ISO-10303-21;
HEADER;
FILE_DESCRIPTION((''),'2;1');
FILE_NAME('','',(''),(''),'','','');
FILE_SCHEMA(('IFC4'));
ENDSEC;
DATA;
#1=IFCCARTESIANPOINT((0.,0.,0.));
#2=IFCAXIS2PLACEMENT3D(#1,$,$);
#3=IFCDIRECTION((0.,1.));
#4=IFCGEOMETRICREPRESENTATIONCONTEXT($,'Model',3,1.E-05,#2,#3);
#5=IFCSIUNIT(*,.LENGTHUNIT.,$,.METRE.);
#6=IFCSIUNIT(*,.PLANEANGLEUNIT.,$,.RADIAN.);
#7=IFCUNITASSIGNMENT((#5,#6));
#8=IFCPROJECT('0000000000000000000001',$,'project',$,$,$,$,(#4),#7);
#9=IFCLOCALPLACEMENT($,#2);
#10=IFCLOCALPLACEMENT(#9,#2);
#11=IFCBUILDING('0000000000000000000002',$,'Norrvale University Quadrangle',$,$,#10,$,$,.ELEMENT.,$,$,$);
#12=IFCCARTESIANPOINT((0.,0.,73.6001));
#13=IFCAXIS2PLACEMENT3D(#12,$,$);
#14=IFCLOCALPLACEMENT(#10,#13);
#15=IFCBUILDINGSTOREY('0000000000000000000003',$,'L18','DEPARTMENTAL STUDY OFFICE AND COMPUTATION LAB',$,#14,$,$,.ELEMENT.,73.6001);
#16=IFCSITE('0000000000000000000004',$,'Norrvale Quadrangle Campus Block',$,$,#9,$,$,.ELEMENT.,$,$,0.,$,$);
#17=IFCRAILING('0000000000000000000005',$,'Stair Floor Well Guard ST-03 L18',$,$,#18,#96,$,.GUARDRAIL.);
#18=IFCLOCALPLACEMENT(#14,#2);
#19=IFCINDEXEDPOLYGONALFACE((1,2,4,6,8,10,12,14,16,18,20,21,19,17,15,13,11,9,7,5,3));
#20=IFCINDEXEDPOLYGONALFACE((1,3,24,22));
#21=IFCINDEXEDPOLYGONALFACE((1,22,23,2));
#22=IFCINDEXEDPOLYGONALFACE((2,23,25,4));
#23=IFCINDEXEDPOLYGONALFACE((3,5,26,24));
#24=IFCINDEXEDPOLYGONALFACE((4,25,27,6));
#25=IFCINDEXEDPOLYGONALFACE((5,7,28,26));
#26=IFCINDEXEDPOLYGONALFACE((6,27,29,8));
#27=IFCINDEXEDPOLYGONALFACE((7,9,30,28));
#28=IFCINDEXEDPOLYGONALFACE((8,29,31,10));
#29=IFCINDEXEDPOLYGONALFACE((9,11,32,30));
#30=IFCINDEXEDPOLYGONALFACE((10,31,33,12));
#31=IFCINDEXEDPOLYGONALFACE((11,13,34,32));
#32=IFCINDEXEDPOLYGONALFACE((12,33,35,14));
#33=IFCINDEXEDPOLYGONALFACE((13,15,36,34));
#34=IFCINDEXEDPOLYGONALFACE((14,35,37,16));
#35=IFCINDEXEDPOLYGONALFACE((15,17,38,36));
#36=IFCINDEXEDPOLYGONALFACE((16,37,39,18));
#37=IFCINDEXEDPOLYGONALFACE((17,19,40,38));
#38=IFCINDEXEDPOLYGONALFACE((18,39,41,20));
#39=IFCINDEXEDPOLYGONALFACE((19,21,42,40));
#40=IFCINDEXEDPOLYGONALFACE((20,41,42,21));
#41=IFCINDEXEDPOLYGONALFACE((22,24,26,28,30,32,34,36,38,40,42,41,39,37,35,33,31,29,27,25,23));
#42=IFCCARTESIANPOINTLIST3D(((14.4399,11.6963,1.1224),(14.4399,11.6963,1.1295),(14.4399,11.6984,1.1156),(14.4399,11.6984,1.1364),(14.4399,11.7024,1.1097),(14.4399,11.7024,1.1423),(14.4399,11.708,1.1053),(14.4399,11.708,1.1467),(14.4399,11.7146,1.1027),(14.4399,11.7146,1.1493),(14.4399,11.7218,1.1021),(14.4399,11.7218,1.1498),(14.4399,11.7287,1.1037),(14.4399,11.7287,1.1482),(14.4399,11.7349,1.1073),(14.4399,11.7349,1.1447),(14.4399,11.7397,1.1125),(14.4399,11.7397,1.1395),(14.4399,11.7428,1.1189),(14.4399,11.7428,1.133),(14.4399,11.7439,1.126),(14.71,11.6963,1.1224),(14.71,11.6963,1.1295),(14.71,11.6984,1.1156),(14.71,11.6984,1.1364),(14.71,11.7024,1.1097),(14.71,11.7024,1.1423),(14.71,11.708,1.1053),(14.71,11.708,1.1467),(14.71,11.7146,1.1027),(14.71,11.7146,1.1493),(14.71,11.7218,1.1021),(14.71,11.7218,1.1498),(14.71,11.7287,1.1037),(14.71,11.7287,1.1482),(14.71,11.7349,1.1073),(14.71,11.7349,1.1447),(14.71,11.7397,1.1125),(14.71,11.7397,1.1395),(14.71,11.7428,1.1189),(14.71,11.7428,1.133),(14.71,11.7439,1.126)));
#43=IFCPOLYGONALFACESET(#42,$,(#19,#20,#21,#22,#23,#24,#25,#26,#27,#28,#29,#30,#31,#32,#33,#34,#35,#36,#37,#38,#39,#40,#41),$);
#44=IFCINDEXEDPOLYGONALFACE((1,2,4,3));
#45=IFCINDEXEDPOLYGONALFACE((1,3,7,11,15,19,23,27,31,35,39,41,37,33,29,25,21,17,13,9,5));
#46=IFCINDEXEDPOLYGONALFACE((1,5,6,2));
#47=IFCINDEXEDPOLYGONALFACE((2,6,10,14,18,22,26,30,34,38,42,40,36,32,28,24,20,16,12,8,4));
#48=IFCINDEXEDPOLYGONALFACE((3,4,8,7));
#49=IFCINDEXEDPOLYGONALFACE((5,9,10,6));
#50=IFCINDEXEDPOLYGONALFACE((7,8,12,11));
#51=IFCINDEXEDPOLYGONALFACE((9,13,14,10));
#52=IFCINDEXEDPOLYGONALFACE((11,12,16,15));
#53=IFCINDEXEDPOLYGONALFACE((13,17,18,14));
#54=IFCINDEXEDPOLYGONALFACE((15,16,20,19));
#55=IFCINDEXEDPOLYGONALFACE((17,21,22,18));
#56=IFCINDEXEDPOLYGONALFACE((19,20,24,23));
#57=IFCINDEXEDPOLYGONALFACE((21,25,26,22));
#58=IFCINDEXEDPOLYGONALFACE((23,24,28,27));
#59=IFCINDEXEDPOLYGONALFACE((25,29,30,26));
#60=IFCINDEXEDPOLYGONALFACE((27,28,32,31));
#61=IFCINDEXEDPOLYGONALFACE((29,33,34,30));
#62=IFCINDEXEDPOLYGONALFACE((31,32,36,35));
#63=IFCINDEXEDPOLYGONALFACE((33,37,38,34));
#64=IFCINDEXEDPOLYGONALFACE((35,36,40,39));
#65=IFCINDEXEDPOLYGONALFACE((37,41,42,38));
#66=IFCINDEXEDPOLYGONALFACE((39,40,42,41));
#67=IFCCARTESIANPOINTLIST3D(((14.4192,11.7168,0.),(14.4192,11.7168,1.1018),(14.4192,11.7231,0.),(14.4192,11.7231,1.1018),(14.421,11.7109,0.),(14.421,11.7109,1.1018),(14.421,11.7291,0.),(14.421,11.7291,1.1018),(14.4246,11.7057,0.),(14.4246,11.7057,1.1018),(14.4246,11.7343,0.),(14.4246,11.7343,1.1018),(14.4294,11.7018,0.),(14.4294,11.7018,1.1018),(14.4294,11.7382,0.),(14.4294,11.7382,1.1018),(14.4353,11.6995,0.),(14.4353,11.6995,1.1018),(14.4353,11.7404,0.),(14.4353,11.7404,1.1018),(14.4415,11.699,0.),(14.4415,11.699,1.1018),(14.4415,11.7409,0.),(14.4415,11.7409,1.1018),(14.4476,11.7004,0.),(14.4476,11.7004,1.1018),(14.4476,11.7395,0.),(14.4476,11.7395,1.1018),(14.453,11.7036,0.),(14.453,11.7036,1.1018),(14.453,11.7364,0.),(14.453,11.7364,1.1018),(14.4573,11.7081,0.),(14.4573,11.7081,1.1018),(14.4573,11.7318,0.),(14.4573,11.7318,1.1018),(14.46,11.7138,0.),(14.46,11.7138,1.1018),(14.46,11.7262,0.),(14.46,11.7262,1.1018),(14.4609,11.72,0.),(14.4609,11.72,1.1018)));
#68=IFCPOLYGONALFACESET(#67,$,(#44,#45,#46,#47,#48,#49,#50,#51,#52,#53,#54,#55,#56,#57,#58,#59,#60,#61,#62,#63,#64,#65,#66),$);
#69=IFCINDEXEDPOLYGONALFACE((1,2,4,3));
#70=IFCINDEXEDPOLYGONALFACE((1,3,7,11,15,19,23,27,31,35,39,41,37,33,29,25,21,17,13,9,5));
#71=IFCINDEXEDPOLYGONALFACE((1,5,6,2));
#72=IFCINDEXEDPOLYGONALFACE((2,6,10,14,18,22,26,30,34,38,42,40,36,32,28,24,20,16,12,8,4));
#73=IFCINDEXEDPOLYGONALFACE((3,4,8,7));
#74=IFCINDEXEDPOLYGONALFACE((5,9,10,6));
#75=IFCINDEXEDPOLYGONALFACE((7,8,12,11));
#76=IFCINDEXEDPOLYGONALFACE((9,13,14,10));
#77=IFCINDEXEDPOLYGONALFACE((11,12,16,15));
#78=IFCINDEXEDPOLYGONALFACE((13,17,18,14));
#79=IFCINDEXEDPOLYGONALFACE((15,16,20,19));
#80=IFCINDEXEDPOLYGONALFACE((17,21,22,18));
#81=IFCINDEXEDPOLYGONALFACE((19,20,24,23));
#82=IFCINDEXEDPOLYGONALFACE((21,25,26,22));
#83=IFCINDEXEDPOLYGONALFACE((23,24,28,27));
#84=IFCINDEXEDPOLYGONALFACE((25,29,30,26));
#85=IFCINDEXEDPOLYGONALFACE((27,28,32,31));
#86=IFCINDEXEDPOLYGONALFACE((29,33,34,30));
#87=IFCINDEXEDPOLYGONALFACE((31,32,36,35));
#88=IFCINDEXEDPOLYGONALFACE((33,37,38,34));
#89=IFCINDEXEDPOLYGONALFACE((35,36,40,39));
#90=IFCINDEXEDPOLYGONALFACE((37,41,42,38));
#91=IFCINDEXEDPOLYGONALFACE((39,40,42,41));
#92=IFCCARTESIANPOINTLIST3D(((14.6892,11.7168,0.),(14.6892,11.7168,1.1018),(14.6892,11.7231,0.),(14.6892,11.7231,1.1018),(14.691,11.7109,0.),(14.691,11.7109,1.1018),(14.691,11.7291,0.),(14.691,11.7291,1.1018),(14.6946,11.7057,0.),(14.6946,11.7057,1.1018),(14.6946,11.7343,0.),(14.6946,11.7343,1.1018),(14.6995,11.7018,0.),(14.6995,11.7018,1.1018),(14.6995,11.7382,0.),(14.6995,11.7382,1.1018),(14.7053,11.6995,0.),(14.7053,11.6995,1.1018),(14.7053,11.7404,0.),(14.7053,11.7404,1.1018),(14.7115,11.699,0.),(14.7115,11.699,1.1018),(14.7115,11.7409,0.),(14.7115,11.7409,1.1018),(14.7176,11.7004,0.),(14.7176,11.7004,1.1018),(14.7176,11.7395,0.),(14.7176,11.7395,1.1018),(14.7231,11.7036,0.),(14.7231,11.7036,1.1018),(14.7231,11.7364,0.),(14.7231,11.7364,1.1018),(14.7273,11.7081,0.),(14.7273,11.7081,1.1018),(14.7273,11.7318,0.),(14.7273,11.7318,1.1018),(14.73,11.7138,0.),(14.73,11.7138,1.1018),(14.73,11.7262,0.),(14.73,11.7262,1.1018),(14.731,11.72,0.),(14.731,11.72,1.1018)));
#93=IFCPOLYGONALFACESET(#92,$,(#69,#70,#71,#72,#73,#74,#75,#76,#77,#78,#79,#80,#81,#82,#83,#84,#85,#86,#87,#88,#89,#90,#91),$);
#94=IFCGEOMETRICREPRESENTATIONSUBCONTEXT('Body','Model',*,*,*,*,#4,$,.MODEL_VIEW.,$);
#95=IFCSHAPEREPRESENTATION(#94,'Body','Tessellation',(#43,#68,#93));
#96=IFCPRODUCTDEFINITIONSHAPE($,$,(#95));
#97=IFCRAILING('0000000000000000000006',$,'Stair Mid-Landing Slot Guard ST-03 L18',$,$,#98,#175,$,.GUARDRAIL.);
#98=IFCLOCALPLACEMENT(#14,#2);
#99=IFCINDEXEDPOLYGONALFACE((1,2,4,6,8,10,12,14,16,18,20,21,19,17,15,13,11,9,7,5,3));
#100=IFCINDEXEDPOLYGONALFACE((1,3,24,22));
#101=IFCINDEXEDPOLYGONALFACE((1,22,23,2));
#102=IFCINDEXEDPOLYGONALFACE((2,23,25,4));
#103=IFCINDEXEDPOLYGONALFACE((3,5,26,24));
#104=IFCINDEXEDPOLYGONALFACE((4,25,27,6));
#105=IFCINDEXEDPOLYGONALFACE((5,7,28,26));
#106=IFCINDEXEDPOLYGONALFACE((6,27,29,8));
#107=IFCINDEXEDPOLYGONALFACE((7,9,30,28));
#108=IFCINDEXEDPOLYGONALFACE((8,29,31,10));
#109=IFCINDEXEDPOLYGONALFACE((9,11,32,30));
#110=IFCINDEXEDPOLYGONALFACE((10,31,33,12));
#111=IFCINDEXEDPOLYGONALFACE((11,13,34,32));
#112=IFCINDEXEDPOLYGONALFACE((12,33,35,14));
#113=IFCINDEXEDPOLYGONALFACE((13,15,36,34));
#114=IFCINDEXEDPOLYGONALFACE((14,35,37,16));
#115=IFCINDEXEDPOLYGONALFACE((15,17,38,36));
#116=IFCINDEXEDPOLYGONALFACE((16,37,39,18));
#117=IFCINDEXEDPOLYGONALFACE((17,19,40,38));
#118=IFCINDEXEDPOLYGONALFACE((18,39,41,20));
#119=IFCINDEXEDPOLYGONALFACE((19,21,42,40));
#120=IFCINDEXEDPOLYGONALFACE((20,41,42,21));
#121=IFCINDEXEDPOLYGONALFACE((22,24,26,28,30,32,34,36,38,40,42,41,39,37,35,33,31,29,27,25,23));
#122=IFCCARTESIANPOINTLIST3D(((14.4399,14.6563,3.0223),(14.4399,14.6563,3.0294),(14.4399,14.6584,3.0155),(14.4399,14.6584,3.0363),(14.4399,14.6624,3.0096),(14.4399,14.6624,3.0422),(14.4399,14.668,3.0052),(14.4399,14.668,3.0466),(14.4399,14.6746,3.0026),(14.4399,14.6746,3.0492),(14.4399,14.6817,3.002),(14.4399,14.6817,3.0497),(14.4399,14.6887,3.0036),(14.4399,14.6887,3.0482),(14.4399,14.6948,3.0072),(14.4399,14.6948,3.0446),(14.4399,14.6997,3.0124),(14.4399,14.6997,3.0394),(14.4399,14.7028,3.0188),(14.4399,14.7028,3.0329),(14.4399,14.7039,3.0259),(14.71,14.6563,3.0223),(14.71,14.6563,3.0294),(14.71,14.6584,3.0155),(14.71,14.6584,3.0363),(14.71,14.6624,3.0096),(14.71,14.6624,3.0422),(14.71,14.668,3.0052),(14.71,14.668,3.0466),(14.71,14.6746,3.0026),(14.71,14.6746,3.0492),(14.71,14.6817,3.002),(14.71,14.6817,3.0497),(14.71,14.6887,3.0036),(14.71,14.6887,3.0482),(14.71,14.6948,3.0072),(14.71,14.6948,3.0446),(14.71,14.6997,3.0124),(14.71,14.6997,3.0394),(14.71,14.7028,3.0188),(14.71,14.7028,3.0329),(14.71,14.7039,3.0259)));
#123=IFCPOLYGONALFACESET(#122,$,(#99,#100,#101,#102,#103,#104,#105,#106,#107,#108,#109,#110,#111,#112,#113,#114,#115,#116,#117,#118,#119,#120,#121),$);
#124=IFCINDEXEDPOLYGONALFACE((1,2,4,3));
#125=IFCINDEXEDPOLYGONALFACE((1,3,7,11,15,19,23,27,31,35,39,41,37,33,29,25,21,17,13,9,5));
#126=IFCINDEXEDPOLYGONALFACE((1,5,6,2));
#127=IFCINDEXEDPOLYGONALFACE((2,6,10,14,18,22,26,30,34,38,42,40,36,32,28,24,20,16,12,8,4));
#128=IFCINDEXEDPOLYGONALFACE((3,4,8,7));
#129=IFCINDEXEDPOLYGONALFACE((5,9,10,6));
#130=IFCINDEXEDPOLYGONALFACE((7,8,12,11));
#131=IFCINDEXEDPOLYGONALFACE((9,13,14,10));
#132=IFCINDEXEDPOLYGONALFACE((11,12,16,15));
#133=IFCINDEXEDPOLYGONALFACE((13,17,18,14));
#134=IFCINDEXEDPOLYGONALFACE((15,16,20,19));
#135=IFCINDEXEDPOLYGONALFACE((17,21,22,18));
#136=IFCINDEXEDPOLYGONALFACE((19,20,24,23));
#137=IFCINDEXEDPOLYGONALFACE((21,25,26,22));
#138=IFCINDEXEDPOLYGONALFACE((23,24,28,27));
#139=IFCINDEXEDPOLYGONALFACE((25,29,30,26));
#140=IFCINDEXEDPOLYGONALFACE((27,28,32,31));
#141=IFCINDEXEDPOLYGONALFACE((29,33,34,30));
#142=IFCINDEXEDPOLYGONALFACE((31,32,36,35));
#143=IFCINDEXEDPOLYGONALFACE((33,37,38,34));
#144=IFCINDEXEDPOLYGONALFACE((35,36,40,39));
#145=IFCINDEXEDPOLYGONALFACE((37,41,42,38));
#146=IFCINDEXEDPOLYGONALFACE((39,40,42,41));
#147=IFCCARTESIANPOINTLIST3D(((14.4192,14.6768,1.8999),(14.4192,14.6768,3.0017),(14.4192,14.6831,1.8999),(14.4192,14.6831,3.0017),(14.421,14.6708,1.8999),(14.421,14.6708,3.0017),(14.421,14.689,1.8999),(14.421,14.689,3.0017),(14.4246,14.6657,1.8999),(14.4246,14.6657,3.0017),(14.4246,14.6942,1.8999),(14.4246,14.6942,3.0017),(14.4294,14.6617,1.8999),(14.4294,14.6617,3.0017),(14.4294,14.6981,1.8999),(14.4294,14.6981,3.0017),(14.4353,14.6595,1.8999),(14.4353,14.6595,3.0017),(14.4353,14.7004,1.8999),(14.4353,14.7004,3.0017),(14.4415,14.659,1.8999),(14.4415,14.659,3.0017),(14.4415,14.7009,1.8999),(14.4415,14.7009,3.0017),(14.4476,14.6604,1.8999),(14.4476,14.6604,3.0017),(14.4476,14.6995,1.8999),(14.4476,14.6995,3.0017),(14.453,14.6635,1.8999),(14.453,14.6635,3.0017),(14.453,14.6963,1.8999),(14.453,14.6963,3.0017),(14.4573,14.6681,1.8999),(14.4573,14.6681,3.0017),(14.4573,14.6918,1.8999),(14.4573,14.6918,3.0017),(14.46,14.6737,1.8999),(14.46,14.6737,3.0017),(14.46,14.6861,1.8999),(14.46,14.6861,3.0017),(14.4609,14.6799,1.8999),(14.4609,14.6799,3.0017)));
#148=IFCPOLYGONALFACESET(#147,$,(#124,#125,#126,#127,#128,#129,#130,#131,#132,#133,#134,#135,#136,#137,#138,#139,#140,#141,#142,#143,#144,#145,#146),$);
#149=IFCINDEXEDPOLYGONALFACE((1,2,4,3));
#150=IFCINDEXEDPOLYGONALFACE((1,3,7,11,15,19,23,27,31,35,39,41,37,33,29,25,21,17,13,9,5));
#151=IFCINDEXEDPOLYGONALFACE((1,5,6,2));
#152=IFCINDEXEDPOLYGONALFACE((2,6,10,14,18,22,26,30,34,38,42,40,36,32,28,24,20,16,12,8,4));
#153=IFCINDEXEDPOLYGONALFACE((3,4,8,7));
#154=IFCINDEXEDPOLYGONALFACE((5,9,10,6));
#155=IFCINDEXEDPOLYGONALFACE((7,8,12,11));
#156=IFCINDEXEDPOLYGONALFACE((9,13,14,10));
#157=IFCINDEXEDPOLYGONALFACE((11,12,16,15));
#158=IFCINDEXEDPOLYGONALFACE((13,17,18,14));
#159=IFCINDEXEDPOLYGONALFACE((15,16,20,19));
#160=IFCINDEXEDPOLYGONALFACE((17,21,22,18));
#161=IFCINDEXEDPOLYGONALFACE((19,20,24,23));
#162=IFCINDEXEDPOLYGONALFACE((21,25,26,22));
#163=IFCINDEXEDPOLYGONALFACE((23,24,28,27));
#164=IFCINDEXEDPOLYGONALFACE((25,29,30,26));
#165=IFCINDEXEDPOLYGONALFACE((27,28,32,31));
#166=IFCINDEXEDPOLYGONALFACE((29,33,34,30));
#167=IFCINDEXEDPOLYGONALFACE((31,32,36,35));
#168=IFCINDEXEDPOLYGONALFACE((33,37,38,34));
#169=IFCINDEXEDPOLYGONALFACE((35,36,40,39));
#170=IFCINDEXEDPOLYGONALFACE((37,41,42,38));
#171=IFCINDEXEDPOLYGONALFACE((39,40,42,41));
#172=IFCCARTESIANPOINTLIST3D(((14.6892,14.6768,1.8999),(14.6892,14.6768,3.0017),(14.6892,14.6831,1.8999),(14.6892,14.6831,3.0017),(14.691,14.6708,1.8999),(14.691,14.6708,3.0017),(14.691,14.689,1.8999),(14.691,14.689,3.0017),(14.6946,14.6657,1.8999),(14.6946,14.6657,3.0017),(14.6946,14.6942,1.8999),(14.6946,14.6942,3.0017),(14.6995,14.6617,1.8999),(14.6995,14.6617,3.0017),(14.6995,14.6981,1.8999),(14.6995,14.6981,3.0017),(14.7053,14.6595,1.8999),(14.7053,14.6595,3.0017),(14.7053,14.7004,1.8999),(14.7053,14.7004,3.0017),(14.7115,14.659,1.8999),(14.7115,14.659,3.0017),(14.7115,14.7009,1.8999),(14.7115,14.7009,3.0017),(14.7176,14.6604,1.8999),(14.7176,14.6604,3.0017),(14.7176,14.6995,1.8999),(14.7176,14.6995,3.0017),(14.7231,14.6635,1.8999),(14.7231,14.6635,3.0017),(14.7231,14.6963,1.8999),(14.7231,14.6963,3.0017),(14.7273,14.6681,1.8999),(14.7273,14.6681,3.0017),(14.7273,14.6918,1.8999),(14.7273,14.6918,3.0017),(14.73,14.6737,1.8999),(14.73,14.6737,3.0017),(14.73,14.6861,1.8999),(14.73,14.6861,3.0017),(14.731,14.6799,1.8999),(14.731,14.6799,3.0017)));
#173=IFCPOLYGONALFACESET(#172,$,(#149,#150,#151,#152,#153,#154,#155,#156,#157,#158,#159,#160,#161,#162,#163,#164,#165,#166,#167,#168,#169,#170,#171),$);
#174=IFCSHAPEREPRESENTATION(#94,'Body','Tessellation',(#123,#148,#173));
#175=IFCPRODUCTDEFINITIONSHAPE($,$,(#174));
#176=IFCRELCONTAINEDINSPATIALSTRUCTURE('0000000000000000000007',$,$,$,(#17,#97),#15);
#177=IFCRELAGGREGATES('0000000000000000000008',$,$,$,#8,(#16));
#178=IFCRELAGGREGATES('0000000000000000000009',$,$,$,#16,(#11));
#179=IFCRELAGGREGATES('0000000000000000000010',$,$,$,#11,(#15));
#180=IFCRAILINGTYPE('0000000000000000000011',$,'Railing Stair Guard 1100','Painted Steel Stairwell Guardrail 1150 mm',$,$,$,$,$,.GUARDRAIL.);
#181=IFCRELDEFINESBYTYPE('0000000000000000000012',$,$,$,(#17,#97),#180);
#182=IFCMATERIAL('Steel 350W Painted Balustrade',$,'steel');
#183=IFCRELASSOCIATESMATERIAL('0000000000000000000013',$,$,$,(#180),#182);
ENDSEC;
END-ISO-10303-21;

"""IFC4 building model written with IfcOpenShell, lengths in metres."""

from ifc_helpers import new_model, si_unit, direction, frame, origin, origin_2d, place, context, subcontext, project, spatial, circle, extrude, material, type_object, element, save


model = new_model("IFC4")

# Units and contexts
model_context = context("Model", 3, precision=1e-05, world=origin(), true_north=direction((0.0, 1.0)))
body_context = subcontext(model_context, "Body", "Model", "MODEL_VIEW")
ifc_project = project(units=[si_unit("LENGTHUNIT", "METRE"), si_unit("PLANEANGLEUNIT", "RADIAN")], contexts=[model_context])

# Site, building, storey
site_placement = place(None, origin())
site = spatial("IfcSite", under=ifc_project, at=site_placement, Name="Norrvale Quadrangle Campus Block", CompositionType="ELEMENT", RefElevation=0.0)
building_placement = place(site_placement, origin())
building = spatial("IfcBuilding", under=site, at=building_placement, Name="Norrvale University Quadrangle", CompositionType="ELEMENT")
storey_placement = place(building_placement, frame((0.0, 0.0, 73.6001)))
storey = spatial("IfcBuildingStorey", under=building, at=storey_placement, Name="L18", Description="DEPARTMENTAL STUDY OFFICE AND COMPUTATION LAB", CompositionType="ELEMENT", Elevation=73.6001)

# Railings
ifc_material_1 = material(Name="Steel 350W Painted Balustrade", Category="steel")
railing_type_1 = type_object("IfcRailingType", Name="Railing Stair Guard 1100", Description="Painted Steel Stairwell Guardrail 1150 mm", PredefinedType="GUARDRAIL", material=ifc_material_1)
for number, where, name in (
    (1, (14.4399, 11.72, 0.0), "Stair Floor Well Guard ST-03 L18"),
    (2, (14.4399, 14.6799, 1.8999), "Stair Mid-Landing Slot Guard ST-03 L18"),
):
    element("IfcRailing", number, at=place(storey_placement, frame(where)), inside=storey, type_object=railing_type_1, Name=name, PredefinedType="GUARDRAIL", context=body_context, shape_type="SweptSolid", body=[
        extrude(circle(Radius=0.0239, at=origin_2d()), frame((0.0, 0.0, 1.126), z_axis=(1.0, 0.0, 0.0), x_axis=(0.0, 1.0, 0.0)), (0.0, 0.0, 1.0), 0.27),
        extrude(circle(Radius=0.021, at=origin_2d()), origin(), (0.0, 0.0, 1.0), 1.1018),
        extrude(circle(Radius=0.021, at=origin_2d()), frame((0.27, 0.0, 0.0)), (0.0, 0.0, 1.0), 1.1018),
    ])

save(model, "model.ifc")
